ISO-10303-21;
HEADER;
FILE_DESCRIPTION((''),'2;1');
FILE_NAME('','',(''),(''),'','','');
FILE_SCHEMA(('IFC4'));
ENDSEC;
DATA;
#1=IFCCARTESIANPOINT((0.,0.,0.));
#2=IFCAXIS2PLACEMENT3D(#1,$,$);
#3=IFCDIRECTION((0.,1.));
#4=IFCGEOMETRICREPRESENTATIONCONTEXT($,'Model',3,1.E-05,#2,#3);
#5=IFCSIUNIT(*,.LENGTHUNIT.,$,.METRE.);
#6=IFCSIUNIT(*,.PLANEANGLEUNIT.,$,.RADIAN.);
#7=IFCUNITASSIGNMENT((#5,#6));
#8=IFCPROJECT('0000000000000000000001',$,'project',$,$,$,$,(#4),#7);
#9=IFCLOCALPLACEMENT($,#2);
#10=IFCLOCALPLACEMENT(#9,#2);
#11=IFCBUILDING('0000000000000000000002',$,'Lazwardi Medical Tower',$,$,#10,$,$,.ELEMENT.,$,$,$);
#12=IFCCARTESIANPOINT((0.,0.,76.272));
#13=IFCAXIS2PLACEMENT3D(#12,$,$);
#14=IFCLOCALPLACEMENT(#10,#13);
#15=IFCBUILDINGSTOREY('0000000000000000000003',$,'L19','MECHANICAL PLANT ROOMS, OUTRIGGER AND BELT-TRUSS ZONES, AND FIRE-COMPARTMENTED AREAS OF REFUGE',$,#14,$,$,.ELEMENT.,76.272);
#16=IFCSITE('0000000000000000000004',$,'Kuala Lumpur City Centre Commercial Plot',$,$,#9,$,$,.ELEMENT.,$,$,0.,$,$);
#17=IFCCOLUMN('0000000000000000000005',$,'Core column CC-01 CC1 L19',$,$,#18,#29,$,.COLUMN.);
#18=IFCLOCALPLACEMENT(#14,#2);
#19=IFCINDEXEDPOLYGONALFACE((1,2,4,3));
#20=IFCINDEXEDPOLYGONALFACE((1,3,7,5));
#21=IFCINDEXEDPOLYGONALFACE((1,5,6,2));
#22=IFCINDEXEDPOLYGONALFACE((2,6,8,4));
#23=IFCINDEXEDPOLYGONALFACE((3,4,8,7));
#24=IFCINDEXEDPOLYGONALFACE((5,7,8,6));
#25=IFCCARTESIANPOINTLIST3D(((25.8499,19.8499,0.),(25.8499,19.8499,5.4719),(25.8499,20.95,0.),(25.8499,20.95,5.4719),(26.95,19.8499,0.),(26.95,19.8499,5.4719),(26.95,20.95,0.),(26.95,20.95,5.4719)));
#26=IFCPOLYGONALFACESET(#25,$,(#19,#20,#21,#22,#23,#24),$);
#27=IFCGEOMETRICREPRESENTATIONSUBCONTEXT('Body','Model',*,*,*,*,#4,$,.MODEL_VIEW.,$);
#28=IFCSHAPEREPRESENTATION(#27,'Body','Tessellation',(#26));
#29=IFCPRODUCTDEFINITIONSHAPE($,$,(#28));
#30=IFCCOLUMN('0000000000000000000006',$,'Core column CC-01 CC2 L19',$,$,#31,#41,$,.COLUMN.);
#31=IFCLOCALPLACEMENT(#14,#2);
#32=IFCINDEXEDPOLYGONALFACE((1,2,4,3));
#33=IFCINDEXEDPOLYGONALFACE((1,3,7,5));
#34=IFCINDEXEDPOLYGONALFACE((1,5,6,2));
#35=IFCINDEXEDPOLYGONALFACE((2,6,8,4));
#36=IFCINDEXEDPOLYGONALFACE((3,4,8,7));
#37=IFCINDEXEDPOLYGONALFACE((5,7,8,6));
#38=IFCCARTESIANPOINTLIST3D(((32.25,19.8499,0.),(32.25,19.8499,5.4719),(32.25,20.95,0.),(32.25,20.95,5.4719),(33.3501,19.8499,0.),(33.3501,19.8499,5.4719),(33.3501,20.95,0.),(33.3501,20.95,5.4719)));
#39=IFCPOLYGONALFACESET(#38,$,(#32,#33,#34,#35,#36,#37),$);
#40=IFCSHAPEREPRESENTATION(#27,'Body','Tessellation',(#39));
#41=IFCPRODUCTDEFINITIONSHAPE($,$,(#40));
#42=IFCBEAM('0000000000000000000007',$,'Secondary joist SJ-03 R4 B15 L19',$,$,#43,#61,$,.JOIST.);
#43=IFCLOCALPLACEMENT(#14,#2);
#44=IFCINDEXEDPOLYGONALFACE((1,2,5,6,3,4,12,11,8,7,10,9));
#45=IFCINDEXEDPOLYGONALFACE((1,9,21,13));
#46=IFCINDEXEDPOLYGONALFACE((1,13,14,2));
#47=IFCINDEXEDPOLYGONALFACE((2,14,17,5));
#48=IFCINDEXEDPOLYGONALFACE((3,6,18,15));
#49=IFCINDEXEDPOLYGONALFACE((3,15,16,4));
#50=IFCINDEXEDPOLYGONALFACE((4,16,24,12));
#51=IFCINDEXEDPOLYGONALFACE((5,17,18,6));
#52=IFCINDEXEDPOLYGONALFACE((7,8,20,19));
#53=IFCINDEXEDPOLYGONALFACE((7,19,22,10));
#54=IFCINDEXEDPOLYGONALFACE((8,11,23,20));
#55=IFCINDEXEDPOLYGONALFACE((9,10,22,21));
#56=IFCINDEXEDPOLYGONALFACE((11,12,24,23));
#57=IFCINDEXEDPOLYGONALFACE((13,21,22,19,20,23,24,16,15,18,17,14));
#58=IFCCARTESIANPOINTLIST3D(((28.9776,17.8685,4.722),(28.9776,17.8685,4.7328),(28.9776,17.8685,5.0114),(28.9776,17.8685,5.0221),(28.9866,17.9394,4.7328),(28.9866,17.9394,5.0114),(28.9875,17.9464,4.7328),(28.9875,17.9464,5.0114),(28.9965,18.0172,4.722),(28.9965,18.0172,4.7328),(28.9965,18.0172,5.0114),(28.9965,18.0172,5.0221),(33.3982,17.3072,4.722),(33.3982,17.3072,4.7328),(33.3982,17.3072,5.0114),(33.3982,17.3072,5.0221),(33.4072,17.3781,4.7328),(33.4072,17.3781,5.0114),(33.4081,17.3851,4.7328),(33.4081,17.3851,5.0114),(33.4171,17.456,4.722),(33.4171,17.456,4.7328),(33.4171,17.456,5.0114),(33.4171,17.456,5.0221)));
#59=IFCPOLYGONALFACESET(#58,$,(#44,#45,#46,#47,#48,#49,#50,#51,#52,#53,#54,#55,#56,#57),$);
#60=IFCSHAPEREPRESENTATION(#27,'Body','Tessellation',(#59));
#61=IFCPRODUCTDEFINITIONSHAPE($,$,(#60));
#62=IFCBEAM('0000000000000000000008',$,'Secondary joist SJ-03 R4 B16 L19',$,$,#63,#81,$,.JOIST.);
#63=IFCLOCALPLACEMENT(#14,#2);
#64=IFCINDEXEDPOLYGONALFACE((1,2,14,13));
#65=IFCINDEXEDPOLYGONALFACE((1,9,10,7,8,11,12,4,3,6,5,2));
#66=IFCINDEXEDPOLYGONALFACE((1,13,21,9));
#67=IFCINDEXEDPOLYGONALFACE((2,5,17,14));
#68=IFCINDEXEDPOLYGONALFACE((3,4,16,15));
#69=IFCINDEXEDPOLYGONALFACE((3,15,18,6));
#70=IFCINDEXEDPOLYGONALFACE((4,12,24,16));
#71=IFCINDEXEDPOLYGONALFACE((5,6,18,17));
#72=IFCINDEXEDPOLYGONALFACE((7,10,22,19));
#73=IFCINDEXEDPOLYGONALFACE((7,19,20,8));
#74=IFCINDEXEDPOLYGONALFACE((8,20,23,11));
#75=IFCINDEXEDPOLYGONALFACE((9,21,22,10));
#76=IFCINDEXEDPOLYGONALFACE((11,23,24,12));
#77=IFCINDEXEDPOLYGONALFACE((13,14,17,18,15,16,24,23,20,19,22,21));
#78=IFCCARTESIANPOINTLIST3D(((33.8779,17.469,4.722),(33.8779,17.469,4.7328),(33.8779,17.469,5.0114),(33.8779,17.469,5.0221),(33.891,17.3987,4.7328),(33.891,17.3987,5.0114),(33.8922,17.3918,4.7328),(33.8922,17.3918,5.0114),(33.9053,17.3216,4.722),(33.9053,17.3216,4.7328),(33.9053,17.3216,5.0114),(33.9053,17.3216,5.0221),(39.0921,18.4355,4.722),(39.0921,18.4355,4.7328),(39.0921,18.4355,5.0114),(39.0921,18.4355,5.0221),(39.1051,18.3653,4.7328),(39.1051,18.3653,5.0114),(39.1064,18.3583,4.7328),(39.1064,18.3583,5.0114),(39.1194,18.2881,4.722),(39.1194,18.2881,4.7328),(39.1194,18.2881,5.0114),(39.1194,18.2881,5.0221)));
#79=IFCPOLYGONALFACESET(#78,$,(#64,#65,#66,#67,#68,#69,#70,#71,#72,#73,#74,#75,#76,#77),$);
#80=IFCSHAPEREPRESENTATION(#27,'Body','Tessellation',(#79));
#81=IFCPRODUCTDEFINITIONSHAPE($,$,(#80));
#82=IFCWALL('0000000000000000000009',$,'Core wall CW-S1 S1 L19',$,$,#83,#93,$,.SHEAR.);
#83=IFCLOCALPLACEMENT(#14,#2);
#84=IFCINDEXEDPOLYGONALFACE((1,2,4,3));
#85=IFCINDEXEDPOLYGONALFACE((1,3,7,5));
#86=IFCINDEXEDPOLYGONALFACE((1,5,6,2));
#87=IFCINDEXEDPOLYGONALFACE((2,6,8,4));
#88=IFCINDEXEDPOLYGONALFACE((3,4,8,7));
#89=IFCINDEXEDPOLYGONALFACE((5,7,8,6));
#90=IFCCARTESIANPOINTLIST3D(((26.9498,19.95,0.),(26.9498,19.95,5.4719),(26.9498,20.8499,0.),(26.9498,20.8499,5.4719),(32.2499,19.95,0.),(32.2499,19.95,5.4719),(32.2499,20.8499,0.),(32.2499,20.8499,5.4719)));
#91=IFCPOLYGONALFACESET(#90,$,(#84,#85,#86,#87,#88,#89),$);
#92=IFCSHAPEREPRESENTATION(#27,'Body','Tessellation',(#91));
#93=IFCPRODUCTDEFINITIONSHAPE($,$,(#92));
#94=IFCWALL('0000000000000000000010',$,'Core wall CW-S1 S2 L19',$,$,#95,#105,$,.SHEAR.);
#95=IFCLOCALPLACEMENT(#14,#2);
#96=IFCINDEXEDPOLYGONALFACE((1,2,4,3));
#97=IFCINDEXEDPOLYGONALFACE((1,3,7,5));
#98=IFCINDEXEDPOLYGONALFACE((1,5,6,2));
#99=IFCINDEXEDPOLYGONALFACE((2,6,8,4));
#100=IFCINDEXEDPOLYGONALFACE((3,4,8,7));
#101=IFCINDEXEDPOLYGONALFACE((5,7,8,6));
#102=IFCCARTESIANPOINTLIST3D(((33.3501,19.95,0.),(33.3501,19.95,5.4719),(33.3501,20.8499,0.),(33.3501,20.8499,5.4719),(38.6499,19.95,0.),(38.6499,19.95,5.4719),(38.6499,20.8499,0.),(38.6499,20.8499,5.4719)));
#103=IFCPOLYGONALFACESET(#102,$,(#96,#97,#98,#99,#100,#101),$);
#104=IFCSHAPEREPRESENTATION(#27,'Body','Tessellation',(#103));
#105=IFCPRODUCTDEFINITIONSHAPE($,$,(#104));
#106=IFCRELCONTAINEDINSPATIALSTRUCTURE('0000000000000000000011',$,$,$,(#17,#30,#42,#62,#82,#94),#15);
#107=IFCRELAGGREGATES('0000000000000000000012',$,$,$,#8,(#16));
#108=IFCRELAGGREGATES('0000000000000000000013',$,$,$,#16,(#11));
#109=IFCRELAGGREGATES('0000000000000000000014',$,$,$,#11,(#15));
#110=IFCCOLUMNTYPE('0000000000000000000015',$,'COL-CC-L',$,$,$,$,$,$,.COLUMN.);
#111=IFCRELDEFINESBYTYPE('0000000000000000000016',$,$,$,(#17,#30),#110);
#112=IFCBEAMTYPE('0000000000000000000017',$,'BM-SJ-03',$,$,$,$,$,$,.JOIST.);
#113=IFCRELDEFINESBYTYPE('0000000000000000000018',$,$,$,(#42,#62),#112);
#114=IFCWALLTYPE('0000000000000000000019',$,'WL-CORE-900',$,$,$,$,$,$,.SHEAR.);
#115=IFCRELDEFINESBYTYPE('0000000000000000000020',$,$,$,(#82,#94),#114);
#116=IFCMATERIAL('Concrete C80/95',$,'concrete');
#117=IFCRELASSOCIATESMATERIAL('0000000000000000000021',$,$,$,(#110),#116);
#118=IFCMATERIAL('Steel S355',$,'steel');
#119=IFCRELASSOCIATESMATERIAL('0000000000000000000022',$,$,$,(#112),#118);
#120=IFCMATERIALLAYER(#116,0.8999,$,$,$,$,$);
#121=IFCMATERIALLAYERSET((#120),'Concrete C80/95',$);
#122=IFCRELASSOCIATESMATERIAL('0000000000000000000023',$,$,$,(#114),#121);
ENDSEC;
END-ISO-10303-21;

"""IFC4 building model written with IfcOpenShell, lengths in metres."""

from ifc_helpers import new_model, si_unit, direction, frame, frame_2d, origin, origin_2d, place, context, subcontext, project, spatial, rectangle, i_section, extrude, material, layer, layer_set, material_profile, profile_set, type_object, element, save


model = new_model("IFC4")

# Units and contexts
model_context = context("Model", 3, precision=1e-05, world=origin(), true_north=direction((0.0, 1.0)))
body_context = subcontext(model_context, "Body", "Model", "MODEL_VIEW")
ifc_project = project(units=[si_unit("LENGTHUNIT", "METRE"), si_unit("PLANEANGLEUNIT", "RADIAN")], contexts=[model_context])

# Site, building, storey
site_placement = place(None, origin())
site = spatial("IfcSite", under=ifc_project, at=site_placement, Name="Kuala Lumpur City Centre Commercial Plot", CompositionType="ELEMENT", RefElevation=0.0)
building_placement = place(site_placement, origin())
building = spatial("IfcBuilding", under=site, at=building_placement, Name="Lazwardi Medical Tower", CompositionType="ELEMENT")
storey_placement = place(building_placement, frame((0.0, 0.0, 76.272)))
storey = spatial("IfcBuildingStorey", under=building, at=storey_placement, Name="L19", Description="MECHANICAL PLANT ROOMS, OUTRIGGER AND BELT-TRUSS ZONES, AND FIRE-COMPARTMENTED AREAS OF REFUGE", CompositionType="ELEMENT", Elevation=76.272)

# Columns
ifc_material_1 = material(Name="Concrete C80/95", Category="concrete")
ifc_material_profile_1 = material_profile(ifc_material_1, rectangle(XDim=1.1001, YDim=1.1001, at=origin_2d()), Name="RC 1100x1100")
ifc_profile_set_1 = profile_set([ifc_material_profile_1], Name="Concrete C80/95")
column_type = type_object("IfcColumnType", Name="COL-CC-L", PredefinedType="COLUMN", material=ifc_profile_set_1)
for number, where, z_axis, x_axis, name in (
    (1, (26.3999, 20.3999, 0.0), (0.0, 0.0, 1.0), (1.0, 0.0, 0.0), "Core column CC-01 CC1 L19"),
    (2, (32.8, 20.3999, 0.0), (0.0, 0.0, 1.0), (1.0, 0.0, 0.0), "Core column CC-01 CC2 L19"),
):
    element("IfcColumn", number, at=place(storey_placement, frame(where, z_axis=z_axis, x_axis=x_axis)), inside=storey, type_object=column_type, Name=name, PredefinedType="COLUMN", context=body_context, shape_type="SweptSolid", body=[
        extrude(rectangle(XDim=1.1001, YDim=1.1001, at=origin_2d()), origin(), (0.0, 0.0, 1.0), 5.4719),
    ])

# Beams
ifc_material_2 = material(Name="Steel S355", Category="steel")
ifc_material_profile_2 = material_profile(ifc_material_2, i_section(OverallWidth=0.1499, OverallDepth=0.3, WebThickness=0.0071, FlangeThickness=0.0107, at=origin_2d()), Name="IPE 300")
ifc_profile_set_2 = profile_set([ifc_material_profile_2], Name="Steel S355")
beam_type = type_object("IfcBeamType", Name="BM-SJ-03", PredefinedType="JOIST", material=ifc_profile_set_2)
beam_1_placement = place(storey_placement, frame((28.9871, 17.9429, 4.8721), z_axis=(0.992036, -0.125956, 0.0), x_axis=(0.125956, 0.992036, 0.0)))
element("IfcBeam", 3, at=beam_1_placement, inside=storey, type_object=beam_type, Name="Secondary joist SJ-03 R4 B15 L19", PredefinedType="JOIST", context=body_context, shape_type="SweptSolid", body=[
    extrude(i_section(OverallWidth=0.1499, OverallDepth=0.3, WebThickness=0.0071, FlangeThickness=0.0107, at=origin_2d()), origin(), (0.0, 0.0, 1.0), 4.4561),
])
beam_2_placement = place(storey_placement, frame((33.8916, 17.3953, 4.8721), z_axis=(0.983249, 0.182267, 0.0), x_axis=(-0.182267, 0.983249, 0.0)))
element("IfcBeam", 4, at=beam_2_placement, inside=storey, type_object=beam_type, Name="Secondary joist SJ-03 R4 B16 L19", PredefinedType="JOIST", context=body_context, shape_type="SweptSolid", body=[
    extrude(i_section(OverallWidth=0.1499, OverallDepth=0.3, WebThickness=0.0071, FlangeThickness=0.0107, at=origin_2d()), origin(), (0.0, 0.0, 1.0), 5.303),
])

# Walls
ifc_layer_1 = layer(ifc_material_1, 0.8999)
ifc_layer_set_1 = layer_set([ifc_layer_1], Name="Concrete C80/95")
wall_type_1 = type_object("IfcWallType", Name="WL-CORE-900", PredefinedType="SHEAR", material=ifc_layer_set_1)
wall_1_placement = place(storey_placement, frame((26.95, 20.3999, 0.0), z_axis=(0.0, 0.0, 1.0), x_axis=(1.0, 0.0, 0.0)))
element("IfcWall", 5, at=wall_1_placement, inside=storey, type_object=wall_type_1, Name="Core wall CW-S1 S1 L19", PredefinedType="SHEAR", context=body_context, shape_type="SweptSolid", body=[
    extrude(rectangle(XDim=5.3, YDim=0.8999, at=frame_2d((2.6499, 0.0))), origin(), (0.0, 0.0, 1.0), 5.4719),
])
wall_2_placement = place(storey_placement, frame((33.3501, 20.3999, 0.0), z_axis=(0.0, 0.0, 1.0), x_axis=(1.0, 0.0, 0.0)))
element("IfcWall", 6, at=wall_2_placement, inside=storey, type_object=wall_type_1, Name="Core wall CW-S1 S2 L19", PredefinedType="SHEAR", context=body_context, shape_type="SweptSolid", body=[
    extrude(rectangle(XDim=5.2998, YDim=0.8999, at=frame_2d((2.6499, 0.0))), origin(), (0.0, 0.0, 1.0), 5.4719),
])

save(model, "model.ifc")
